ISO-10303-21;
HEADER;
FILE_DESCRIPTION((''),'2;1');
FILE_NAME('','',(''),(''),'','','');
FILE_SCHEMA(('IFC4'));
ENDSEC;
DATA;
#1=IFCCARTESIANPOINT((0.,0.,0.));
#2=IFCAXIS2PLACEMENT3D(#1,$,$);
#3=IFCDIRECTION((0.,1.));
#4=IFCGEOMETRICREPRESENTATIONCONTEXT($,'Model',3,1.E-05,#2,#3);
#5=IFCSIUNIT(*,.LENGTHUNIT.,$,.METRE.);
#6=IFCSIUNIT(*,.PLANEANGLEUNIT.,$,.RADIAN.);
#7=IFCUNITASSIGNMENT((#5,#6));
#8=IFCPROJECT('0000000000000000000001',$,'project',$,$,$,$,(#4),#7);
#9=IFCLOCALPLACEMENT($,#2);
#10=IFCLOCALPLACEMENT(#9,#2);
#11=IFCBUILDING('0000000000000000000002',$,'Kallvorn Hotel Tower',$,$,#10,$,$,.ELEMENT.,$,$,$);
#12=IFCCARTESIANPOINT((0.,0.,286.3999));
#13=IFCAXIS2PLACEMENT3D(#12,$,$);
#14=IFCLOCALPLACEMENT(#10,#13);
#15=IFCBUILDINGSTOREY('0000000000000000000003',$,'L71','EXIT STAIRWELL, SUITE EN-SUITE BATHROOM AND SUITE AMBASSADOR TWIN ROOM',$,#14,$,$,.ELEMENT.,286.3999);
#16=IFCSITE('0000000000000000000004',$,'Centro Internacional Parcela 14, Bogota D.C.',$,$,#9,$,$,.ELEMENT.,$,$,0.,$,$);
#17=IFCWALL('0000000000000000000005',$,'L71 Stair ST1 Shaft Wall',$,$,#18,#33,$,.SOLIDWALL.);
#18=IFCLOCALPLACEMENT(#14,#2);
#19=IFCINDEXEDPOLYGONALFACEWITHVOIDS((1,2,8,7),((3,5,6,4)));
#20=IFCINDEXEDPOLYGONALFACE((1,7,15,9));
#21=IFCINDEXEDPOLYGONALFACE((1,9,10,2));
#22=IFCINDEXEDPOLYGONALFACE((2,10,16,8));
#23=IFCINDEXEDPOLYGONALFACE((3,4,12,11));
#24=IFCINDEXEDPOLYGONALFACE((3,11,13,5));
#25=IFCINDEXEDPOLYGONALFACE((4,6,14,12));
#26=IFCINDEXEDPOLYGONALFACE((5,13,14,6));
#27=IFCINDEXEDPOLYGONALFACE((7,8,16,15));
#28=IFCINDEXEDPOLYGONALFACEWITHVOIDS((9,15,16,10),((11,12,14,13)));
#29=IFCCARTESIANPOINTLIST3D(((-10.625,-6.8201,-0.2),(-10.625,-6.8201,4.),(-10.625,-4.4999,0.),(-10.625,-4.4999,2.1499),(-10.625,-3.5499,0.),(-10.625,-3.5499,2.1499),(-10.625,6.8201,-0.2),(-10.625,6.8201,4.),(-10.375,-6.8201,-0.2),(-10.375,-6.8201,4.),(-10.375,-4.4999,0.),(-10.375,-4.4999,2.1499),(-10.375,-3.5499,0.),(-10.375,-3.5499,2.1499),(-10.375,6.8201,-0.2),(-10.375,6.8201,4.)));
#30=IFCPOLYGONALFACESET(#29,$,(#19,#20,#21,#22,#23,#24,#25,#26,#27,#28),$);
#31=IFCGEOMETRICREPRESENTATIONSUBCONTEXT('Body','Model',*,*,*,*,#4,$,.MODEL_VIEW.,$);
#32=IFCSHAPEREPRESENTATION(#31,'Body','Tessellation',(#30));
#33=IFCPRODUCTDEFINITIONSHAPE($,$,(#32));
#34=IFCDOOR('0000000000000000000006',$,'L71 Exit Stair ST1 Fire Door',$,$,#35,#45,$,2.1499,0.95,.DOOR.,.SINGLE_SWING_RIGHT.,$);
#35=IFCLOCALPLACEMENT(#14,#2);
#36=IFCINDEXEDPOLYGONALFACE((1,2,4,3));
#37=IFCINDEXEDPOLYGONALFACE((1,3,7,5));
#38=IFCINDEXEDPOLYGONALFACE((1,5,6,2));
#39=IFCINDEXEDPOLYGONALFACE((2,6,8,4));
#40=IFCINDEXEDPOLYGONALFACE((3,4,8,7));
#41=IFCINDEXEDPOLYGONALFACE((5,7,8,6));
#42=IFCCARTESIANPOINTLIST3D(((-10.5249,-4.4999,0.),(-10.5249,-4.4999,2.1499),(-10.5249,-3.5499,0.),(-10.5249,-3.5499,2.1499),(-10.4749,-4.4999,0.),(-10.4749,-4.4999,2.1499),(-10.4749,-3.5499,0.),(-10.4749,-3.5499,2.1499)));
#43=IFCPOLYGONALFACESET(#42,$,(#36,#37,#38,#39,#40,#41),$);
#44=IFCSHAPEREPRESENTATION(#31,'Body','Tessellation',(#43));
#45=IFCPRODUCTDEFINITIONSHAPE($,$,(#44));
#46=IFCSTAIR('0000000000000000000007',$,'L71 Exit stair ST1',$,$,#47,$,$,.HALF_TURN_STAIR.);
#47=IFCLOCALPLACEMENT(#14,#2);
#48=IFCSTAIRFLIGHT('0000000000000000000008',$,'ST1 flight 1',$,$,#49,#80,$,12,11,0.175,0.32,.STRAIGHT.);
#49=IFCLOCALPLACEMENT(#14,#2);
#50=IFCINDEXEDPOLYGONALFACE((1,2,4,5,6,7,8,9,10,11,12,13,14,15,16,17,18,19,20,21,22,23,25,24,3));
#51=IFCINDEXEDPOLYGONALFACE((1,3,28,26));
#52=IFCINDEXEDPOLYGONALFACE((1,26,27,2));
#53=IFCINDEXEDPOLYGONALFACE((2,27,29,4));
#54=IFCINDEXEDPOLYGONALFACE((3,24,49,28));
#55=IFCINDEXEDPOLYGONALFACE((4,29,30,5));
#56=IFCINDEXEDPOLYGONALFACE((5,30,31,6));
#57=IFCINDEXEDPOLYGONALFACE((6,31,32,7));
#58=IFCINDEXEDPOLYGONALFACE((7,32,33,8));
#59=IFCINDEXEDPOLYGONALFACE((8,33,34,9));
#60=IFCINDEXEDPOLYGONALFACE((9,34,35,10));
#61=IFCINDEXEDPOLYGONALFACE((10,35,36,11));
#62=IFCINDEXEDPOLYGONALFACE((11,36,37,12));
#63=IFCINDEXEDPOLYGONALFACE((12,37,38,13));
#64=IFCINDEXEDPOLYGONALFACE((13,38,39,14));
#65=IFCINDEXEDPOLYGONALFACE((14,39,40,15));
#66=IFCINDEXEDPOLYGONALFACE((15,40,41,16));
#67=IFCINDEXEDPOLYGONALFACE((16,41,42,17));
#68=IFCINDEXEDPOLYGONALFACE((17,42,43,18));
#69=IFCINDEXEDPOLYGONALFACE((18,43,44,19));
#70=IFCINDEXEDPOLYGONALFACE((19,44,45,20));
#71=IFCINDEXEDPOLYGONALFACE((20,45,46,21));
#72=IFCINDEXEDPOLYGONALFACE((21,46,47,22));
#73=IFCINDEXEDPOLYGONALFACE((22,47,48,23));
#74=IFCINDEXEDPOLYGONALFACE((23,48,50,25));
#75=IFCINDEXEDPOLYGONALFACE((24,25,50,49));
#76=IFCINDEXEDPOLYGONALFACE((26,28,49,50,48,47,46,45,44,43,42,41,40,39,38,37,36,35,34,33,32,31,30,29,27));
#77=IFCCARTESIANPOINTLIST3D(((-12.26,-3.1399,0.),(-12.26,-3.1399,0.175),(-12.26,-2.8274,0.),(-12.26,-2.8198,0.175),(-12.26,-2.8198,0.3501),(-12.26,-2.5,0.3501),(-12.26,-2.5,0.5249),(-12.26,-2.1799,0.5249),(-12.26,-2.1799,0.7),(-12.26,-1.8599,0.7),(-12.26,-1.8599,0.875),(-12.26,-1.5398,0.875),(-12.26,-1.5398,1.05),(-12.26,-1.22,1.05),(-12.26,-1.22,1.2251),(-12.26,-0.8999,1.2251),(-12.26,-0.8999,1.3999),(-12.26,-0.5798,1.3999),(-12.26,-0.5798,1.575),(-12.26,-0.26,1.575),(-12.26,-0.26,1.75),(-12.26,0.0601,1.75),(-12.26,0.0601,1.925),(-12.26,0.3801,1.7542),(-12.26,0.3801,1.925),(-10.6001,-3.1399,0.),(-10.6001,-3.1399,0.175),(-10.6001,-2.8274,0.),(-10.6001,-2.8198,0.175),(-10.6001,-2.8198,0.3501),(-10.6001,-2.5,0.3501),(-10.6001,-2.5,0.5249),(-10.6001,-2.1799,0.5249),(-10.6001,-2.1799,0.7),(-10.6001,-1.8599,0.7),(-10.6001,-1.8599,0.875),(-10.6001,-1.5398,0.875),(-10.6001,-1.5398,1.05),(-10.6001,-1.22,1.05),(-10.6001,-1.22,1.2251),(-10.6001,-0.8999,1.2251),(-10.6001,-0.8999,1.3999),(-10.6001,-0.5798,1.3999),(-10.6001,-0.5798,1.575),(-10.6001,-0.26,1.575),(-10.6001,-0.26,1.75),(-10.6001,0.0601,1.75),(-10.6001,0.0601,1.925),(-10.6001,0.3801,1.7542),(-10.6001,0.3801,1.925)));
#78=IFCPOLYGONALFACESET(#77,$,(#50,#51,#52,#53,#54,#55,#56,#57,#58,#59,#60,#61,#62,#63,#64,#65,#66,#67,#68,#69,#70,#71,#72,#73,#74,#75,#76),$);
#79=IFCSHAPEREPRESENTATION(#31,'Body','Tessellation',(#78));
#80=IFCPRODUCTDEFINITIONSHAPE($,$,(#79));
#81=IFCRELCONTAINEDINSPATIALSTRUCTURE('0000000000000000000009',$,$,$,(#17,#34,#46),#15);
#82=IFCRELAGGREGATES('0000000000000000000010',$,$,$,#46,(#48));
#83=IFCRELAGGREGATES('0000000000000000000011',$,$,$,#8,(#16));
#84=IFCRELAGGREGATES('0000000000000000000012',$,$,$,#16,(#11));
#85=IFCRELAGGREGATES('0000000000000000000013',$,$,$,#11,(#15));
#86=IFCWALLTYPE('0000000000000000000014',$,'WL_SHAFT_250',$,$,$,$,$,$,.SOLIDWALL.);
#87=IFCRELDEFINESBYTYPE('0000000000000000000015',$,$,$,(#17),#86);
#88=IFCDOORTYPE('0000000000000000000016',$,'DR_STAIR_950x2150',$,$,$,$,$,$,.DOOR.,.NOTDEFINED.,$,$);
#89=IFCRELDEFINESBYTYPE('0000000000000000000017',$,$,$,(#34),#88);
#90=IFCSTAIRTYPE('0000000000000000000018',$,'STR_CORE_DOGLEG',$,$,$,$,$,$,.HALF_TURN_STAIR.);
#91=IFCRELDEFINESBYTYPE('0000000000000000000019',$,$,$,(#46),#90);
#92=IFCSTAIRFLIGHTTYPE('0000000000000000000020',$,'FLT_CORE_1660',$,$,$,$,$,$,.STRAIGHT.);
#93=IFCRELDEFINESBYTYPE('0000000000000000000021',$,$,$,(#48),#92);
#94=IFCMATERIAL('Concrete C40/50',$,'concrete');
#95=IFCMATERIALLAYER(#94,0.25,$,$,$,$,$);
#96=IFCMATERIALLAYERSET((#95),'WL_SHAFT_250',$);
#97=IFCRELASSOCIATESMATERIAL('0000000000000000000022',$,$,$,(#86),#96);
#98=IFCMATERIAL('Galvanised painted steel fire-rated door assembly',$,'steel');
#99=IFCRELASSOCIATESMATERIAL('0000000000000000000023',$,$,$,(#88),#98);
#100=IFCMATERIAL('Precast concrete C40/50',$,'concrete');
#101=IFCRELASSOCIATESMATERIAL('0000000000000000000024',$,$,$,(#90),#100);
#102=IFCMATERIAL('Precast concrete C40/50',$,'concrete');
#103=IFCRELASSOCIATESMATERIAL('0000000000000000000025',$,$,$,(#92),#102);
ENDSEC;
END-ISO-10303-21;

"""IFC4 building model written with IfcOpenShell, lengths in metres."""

from ifc_helpers import new_model, si_unit, direction, frame, frame_2d, origin, place, context, subcontext, project, spatial, polyline, rectangle, outline, extrude, material, layer, layer_set, type_object, element, fill, aggregate, save


model = new_model("IFC4")

# Units and contexts
model_context = context("Model", 3, precision=1e-05, world=origin(), true_north=direction((0.0, 1.0)))
body_context = subcontext(model_context, "Body", "Model", "MODEL_VIEW")
ifc_project = project(units=[si_unit("LENGTHUNIT", "METRE"), si_unit("PLANEANGLEUNIT", "RADIAN")], contexts=[model_context])

# Site, building, storey
site_placement = place(None, origin())
site = spatial("IfcSite", under=ifc_project, at=site_placement, Name="Centro Internacional Parcela 14, Bogota D.C.", CompositionType="ELEMENT", RefElevation=0.0)
building_placement = place(site_placement, origin())
building = spatial("IfcBuilding", under=site, at=building_placement, Name="Kallvorn Hotel Tower", CompositionType="ELEMENT")
storey_placement = place(building_placement, frame((0.0, 0.0, 286.3999)))
storey = spatial("IfcBuildingStorey", under=building, at=storey_placement, Name="L71", Description="EXIT STAIRWELL, SUITE EN-SUITE BATHROOM AND SUITE AMBASSADOR TWIN ROOM", CompositionType="ELEMENT", Elevation=286.3999)

# Shared definitions
ifc_material_1 = material(Name="Concrete C40/50", Category="concrete")
ifc_layer_1 = layer(ifc_material_1, 0.25)
ifc_layer_set_1 = layer_set([ifc_layer_1], Name="WL_SHAFT_250")
wall_type_1 = type_object("IfcWallType", Name="WL_SHAFT_250", PredefinedType="SOLIDWALL", material=ifc_layer_set_1)

# Wall, opening, door
wall_1_placement = place(storey_placement, frame((-10.5, -6.8201, -0.2), z_axis=(0.0, 0.0, 1.0), x_axis=(0.0, 1.0, 0.0)))
wall_1 = element("IfcWall", 1, at=wall_1_placement, inside=storey, type_object=wall_type_1, Name="L71 Stair ST1 Shaft Wall", PredefinedType="SOLIDWALL", context=body_context, shape_type="SweptSolid", body=[
    extrude(rectangle(XDim=13.6401, YDim=0.25, at=frame_2d((6.8201, 0.0))), origin(), (0.0, 0.0, 1.0), 4.2),
])
opening_1_placement = place(wall_1_placement, frame((2.3201, 0.0, 0.2)))
opening_1 = element("IfcOpeningElement", 2, at=opening_1_placement, cuts=wall_1, PredefinedType="OPENING", context=body_context, shape_type="SweptSolid", body=[
    extrude(rectangle(XDim=0.95, YDim=2.1499, at=frame_2d((0.4751, 1.075))), frame((0.0, 0.1399, 0.0), z_axis=(0.0, -1.0, 0.0), x_axis=(1.0, 0.0, 0.0)), (0.0, 0.0, 1.0), 0.28),
])
ifc_material_2 = material(Name="Galvanised painted steel fire-rated door assembly", Category="steel")
door_type_1 = type_object("IfcDoorType", Name="DR_STAIR_950x2150", OperationType="NOTDEFINED", PredefinedType="DOOR", material=ifc_material_2)
door_1_placement = place(opening_1_placement, origin())
door_1 = element("IfcDoor", 3, at=door_1_placement, inside=storey, type_object=door_type_1, Name="L71 Exit Stair ST1 Fire Door", OperationType="SINGLE_SWING_RIGHT", OverallHeight=2.1499, OverallWidth=0.95, PredefinedType="DOOR", context=body_context, shape_type="SweptSolid", body=[
    extrude(rectangle(XDim=0.95, YDim=2.1499, at=frame_2d((0.4751, 1.075))), frame((0.0, 0.0249, 0.0), z_axis=(0.0, -1.0, 0.0), x_axis=(1.0, 0.0, 0.0)), (0.0, 0.0, 1.0), 0.05),
])
fill(opening_1, door_1)

# Stair, stair flight
ifc_material_3 = material(Name="Precast concrete C40/50", Category="concrete")
stair_type = type_object("IfcStairType", Name="STR_CORE_DOGLEG", PredefinedType="HALF_TURN_STAIR", material=ifc_material_3)
stair_placement = place(storey_placement, origin())
stair = element("IfcStair", 4, at=stair_placement, inside=storey, type_object=stair_type, Name="L71 Exit stair ST1", PredefinedType="HALF_TURN_STAIR")
ifc_material_4 = material(Name="Precast concrete C40/50", Category="concrete")
stair_flight_type = type_object("IfcStairFlightType", Name="FLT_CORE_1660", PredefinedType="STRAIGHT", material=ifc_material_4)
stair_flight_placement = place(storey_placement, frame((-11.4299, -3.1399, 0.0), z_axis=(0.0, 0.0, 1.0), x_axis=(0.0, 1.0, 0.0)))
stair_flight = element("IfcStairFlight", 5, at=stair_flight_placement, type_object=stair_flight_type, Name="ST1 flight 1", NumberOfRisers=12, NumberOfTreads=11, PredefinedType="STRAIGHT", RiserHeight=0.175, TreadLength=0.32, context=body_context, shape_type="SweptSolid", body=[
    extrude(outline(polyline([(0.0, 0.0), (0.0, 0.175), (0.3201, 0.175), (0.3201, 0.3501), (0.6399, 0.3501), (0.6399, 0.5249), (0.96, 0.5249), (0.96, 0.7), (1.28, 0.7), (1.28, 0.875), (1.6001, 0.875), (1.6001, 1.05), (1.9199, 1.05), (1.9199, 1.2251), (2.24, 1.2251), (2.24, 1.3999), (2.5601, 1.3999), (2.5601, 1.575), (2.8799, 1.575), (2.8799, 1.75), (3.2, 1.75), (3.2, 1.925), (3.52, 1.925), (3.52, 2.1001), (3.52, 1.7542), (0.3125, 0.0), (0.0, 0.0)])), frame((0.0, 0.8301, 0.0), z_axis=(0.0, -1.0, 0.0), x_axis=(1.0, 0.0, 0.0)), (0.0, 0.0, 1.0), 1.6599),
])
aggregate(stair, [stair_flight])

save(model, "model.ifc")
